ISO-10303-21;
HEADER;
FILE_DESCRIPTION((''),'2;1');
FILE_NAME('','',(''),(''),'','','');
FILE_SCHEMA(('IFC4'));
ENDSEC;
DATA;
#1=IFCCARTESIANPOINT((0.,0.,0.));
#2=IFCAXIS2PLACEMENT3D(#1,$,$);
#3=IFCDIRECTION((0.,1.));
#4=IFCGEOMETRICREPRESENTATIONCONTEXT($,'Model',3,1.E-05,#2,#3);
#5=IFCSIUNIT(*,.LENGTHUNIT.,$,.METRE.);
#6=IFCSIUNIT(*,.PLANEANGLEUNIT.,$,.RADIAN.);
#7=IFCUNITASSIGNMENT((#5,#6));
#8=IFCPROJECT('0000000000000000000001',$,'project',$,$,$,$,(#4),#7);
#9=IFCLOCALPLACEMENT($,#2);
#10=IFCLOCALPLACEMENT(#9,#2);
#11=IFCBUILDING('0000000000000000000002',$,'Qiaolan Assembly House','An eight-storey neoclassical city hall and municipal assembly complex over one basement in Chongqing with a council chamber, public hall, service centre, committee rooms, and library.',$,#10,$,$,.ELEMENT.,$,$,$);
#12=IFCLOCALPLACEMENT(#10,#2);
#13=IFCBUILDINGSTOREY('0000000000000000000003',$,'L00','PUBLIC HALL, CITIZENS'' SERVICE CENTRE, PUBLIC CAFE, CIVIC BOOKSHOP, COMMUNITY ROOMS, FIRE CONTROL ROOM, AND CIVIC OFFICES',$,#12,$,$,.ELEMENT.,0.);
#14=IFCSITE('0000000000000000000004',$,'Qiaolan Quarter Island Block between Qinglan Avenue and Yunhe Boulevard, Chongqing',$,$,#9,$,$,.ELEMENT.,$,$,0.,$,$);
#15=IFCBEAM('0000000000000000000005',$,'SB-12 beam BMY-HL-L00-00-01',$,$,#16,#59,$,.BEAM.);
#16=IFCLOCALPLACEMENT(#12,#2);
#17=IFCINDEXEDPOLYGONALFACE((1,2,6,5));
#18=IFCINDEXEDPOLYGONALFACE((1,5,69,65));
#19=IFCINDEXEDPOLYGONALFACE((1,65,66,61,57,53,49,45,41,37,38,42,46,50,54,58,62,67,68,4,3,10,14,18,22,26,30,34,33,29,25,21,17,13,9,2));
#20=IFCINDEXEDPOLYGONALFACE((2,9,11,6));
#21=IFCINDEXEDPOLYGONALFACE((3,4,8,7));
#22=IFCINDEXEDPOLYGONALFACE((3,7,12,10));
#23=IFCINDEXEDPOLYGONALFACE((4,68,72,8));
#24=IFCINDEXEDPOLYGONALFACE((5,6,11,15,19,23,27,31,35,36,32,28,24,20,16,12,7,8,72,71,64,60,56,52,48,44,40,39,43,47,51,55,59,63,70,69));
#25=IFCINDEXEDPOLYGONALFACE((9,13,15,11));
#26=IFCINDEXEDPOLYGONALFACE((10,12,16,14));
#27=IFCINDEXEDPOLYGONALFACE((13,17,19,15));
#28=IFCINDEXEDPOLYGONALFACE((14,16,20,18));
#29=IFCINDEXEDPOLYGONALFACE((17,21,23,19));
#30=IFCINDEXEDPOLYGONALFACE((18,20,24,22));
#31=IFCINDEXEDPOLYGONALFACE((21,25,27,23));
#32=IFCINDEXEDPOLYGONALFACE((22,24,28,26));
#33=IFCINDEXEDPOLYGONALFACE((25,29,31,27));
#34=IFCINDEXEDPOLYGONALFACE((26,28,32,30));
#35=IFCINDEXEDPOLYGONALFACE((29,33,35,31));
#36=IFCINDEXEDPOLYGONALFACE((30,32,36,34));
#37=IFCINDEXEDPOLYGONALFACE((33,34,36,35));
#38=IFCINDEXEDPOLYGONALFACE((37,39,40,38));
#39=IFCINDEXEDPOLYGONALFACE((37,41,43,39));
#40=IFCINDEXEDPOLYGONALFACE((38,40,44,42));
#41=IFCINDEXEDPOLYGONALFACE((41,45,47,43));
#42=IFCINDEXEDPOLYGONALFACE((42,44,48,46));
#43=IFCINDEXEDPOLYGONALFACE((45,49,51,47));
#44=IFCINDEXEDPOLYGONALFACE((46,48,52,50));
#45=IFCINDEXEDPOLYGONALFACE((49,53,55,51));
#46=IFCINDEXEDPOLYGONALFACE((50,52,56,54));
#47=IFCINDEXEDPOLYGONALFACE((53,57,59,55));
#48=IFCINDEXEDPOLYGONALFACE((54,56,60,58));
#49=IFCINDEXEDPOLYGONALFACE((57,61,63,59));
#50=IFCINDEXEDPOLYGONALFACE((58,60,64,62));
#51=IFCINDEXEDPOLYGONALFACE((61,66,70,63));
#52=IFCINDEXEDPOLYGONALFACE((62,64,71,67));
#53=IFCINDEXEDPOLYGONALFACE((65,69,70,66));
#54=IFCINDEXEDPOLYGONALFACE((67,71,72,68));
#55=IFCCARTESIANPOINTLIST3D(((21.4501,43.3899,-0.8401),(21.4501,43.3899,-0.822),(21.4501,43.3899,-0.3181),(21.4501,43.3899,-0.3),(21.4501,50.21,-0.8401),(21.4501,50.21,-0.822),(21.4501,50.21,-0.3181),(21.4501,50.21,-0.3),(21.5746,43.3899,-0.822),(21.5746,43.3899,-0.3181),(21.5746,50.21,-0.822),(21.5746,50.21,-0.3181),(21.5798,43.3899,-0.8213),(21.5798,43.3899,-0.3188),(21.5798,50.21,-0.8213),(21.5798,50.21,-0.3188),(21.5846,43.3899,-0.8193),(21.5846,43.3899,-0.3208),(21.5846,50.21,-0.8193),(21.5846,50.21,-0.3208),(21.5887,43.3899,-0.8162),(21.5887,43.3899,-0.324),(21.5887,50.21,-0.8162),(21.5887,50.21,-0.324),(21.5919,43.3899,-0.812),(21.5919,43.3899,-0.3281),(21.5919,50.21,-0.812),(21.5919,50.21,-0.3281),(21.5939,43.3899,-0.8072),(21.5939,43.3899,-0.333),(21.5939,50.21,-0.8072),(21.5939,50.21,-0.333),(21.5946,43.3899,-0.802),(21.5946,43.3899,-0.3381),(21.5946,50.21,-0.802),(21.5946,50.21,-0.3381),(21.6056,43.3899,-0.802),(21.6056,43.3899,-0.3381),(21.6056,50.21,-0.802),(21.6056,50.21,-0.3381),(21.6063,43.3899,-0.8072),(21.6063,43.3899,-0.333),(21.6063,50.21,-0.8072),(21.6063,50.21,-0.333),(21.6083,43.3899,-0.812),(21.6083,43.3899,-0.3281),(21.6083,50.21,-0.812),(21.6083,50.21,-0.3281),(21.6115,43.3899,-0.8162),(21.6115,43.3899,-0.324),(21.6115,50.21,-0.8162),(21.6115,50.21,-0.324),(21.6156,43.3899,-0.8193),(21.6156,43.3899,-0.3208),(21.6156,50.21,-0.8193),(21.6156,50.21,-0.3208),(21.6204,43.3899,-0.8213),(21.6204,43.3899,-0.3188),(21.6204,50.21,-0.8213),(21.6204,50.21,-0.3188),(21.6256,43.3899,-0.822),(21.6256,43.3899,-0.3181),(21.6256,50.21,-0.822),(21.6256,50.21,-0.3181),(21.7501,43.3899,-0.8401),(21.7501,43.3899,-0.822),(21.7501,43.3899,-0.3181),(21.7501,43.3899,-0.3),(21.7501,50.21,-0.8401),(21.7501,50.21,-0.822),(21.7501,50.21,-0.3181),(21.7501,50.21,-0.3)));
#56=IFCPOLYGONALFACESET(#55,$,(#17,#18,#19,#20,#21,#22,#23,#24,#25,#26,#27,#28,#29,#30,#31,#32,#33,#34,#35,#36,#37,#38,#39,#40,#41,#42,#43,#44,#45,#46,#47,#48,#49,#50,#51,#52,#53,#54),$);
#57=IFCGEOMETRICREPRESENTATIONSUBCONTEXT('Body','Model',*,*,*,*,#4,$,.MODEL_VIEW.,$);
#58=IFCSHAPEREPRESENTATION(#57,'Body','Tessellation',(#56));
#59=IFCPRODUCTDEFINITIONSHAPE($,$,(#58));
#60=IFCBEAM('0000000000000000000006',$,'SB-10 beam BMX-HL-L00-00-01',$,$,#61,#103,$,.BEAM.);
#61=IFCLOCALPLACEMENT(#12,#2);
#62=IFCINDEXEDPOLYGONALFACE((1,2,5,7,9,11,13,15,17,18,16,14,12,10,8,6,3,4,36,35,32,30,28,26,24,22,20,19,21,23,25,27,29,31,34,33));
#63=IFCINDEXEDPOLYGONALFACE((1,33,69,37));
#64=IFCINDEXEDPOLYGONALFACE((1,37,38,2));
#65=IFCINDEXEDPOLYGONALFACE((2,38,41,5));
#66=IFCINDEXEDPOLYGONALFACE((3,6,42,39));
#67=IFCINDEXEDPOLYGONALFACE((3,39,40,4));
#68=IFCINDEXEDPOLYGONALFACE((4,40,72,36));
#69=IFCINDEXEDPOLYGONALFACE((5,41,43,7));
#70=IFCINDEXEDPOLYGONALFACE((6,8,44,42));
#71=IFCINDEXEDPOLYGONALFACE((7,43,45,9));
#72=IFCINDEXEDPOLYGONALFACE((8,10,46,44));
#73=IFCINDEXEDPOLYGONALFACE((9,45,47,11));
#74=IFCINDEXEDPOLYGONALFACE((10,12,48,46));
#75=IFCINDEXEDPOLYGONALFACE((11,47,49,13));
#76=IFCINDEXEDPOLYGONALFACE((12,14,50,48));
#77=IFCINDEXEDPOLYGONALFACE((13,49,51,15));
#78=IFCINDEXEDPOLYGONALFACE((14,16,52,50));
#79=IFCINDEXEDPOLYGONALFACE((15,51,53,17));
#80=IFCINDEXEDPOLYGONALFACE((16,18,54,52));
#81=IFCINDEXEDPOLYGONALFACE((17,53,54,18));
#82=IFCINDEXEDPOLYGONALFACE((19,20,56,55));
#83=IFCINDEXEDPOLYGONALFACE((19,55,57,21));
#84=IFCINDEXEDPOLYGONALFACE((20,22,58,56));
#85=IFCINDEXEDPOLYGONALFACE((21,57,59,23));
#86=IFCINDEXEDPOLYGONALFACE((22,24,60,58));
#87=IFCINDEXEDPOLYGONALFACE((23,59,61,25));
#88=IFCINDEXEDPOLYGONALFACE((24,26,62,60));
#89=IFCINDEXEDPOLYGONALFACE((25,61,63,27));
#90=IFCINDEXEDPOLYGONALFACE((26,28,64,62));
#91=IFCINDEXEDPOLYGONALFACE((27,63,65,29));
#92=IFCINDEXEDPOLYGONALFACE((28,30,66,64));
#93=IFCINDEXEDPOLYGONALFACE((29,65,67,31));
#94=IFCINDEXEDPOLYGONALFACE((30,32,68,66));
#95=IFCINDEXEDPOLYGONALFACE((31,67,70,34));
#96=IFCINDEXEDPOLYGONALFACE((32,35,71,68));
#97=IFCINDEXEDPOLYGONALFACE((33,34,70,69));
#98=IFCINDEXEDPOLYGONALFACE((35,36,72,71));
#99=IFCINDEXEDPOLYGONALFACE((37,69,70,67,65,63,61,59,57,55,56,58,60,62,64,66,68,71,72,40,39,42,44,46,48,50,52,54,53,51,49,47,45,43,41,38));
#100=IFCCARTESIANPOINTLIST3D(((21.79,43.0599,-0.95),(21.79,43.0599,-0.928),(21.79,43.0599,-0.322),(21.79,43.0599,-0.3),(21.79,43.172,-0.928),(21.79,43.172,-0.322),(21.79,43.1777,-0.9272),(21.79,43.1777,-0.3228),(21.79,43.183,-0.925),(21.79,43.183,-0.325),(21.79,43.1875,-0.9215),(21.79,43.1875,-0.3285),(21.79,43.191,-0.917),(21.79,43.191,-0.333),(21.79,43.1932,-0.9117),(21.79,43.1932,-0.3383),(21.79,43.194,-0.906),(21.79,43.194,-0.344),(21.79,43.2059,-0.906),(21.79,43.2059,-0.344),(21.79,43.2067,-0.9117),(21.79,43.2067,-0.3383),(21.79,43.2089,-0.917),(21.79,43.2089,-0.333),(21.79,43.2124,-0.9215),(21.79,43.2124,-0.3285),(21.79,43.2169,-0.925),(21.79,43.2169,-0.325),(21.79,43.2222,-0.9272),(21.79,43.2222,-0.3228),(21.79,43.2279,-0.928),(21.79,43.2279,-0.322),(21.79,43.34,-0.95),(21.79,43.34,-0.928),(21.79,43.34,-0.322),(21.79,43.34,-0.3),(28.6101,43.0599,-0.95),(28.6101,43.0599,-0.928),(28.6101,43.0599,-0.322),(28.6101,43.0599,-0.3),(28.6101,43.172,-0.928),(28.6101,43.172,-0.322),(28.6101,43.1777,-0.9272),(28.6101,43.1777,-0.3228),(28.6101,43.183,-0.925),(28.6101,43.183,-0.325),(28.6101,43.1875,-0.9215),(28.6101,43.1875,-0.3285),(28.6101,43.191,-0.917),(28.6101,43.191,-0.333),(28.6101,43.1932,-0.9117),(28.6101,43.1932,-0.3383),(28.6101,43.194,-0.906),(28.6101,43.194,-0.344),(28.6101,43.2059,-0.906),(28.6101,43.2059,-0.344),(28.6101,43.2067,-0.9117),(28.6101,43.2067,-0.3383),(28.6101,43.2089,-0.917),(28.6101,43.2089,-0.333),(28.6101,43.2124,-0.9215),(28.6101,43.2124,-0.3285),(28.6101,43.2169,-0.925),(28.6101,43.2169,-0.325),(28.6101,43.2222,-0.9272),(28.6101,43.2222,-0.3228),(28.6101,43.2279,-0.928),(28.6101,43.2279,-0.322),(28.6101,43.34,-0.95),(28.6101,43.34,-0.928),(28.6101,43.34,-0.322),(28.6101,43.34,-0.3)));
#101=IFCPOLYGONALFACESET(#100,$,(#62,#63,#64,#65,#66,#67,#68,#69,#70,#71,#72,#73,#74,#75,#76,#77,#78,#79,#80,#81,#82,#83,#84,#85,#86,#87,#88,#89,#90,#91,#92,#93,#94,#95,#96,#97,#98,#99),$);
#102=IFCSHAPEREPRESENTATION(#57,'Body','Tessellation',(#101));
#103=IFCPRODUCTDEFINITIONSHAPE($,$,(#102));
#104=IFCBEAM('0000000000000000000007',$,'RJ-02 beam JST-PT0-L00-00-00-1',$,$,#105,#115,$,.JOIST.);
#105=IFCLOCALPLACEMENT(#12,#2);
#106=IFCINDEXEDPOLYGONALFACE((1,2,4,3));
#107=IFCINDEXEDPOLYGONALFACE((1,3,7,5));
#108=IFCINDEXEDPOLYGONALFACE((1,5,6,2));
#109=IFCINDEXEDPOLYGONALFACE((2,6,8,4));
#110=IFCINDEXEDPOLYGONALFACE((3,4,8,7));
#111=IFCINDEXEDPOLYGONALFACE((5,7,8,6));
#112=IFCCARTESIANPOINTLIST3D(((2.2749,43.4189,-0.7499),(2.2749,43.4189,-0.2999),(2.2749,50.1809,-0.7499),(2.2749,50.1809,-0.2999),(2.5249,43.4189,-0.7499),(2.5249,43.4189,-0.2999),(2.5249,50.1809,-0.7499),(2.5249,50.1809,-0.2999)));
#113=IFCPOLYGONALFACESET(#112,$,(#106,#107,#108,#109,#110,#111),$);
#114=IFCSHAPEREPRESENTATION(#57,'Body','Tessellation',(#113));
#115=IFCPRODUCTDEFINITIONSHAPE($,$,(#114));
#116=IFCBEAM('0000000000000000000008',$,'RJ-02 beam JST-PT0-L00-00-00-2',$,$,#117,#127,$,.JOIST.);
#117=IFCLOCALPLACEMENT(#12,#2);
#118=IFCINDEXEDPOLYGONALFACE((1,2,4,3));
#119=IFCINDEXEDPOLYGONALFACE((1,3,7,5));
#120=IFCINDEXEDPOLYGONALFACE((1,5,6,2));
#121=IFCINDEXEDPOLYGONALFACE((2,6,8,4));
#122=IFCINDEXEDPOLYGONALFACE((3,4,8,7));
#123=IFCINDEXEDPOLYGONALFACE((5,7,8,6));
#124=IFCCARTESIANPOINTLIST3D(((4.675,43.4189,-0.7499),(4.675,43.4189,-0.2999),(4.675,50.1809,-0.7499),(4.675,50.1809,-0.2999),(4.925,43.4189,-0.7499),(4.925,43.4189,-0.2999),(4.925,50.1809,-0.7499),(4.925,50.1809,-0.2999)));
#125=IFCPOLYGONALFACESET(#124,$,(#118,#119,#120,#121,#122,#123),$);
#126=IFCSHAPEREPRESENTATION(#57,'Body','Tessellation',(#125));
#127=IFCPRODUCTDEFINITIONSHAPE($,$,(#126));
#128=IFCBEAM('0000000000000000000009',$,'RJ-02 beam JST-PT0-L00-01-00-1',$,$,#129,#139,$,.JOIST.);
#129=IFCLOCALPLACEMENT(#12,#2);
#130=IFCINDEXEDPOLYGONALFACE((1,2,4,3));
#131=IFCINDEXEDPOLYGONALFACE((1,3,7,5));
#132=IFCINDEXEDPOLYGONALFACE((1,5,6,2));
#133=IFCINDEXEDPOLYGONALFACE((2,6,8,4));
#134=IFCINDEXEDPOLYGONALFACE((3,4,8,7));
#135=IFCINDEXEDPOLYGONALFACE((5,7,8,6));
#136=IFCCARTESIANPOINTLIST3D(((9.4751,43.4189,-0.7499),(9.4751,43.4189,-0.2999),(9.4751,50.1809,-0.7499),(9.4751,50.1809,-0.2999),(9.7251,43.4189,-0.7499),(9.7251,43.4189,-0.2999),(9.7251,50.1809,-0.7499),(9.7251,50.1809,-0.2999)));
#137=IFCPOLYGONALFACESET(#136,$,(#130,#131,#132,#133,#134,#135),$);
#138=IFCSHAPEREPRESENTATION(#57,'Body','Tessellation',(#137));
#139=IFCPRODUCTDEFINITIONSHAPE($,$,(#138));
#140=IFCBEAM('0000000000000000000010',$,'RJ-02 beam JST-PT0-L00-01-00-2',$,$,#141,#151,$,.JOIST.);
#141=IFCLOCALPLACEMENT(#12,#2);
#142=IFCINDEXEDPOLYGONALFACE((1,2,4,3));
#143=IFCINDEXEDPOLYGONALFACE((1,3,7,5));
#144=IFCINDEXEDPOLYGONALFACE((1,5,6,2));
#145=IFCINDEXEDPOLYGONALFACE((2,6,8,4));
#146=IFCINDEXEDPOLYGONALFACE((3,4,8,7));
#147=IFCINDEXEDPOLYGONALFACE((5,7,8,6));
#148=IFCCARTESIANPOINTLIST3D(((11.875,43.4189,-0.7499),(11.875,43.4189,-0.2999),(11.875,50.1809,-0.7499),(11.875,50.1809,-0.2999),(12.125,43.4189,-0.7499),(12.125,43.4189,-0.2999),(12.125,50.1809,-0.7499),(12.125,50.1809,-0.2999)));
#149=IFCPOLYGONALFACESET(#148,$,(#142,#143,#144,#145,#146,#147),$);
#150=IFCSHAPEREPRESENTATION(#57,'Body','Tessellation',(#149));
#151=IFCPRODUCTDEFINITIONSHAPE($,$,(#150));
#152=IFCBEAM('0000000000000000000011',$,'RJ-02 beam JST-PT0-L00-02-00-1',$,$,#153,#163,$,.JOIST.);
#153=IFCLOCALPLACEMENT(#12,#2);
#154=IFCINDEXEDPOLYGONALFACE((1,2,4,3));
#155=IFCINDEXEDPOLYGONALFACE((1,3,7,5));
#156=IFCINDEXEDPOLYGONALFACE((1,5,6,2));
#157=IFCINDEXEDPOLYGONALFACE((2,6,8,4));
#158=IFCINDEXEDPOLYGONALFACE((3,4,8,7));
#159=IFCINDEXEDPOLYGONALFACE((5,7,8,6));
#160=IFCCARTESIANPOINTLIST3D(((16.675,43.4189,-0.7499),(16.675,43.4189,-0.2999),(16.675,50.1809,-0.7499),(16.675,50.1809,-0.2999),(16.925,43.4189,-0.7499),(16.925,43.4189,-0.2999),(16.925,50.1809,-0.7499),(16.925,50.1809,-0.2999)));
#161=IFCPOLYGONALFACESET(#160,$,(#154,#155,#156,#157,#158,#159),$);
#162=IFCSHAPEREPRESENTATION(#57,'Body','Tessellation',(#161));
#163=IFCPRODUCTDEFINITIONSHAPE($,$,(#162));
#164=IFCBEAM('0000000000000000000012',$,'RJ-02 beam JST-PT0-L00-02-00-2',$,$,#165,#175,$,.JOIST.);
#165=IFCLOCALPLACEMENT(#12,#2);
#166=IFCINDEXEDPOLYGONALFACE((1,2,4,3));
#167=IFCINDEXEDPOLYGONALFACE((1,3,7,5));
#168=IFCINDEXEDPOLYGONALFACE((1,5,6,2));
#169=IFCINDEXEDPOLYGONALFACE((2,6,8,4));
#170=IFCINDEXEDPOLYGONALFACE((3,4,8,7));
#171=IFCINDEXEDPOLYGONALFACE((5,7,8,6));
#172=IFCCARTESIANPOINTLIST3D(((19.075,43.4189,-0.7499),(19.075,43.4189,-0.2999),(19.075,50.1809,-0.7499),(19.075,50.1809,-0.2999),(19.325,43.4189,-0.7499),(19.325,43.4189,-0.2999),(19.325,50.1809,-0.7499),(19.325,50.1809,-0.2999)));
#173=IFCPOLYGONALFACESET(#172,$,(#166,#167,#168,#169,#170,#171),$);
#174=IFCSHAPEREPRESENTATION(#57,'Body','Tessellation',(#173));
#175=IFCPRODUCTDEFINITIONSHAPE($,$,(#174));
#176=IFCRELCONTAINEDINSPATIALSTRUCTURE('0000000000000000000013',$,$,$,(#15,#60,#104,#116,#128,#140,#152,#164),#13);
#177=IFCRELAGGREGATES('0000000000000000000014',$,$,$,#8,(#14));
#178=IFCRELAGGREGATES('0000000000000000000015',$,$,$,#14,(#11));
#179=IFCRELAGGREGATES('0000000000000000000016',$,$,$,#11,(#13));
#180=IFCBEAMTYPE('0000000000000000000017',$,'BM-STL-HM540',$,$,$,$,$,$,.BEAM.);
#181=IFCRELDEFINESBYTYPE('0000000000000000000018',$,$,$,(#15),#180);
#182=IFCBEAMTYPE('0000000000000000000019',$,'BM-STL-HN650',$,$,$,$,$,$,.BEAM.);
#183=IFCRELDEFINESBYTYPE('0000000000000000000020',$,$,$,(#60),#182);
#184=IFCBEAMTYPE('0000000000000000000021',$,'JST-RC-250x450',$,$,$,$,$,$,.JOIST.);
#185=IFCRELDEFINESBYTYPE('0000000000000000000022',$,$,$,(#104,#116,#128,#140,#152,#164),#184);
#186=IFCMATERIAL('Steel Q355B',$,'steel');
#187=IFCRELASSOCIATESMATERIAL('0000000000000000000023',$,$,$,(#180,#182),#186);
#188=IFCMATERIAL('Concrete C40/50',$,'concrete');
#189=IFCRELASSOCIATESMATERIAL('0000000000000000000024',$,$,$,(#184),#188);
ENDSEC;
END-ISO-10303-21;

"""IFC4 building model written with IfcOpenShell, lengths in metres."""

from ifc_helpers import new_model, si_unit, direction, frame, origin, origin_2d, place, context, subcontext, project, spatial, rectangle, i_section, extrude, material, material_profile, profile_set, type_object, element, save


model = new_model("IFC4")

# Units and contexts
model_context = context("Model", 3, precision=1e-05, world=origin(), true_north=direction((0.0, 1.0)))
body_context = subcontext(model_context, "Body", "Model", "MODEL_VIEW")
ifc_project = project(units=[si_unit("LENGTHUNIT", "METRE"), si_unit("PLANEANGLEUNIT", "RADIAN")], contexts=[model_context])

# Site, building, storey
site_placement = place(None, origin())
site = spatial("IfcSite", under=ifc_project, at=site_placement, Name="Qiaolan Quarter Island Block between Qinglan Avenue and Yunhe Boulevard, Chongqing", CompositionType="ELEMENT", RefElevation=0.0)
building_placement = place(site_placement, origin())
building = spatial("IfcBuilding", under=site, at=building_placement, Name="Qiaolan Assembly House", Description="An eight-storey neoclassical city hall and municipal assembly complex over one basement in Chongqing with a council chamber, public hall, service centre, committee rooms, and library.", CompositionType="ELEMENT")
storey_placement = place(building_placement, origin())
storey = spatial("IfcBuildingStorey", under=building, at=storey_placement, Name="L00", Description="PUBLIC HALL, CITIZENS' SERVICE CENTRE, PUBLIC CAFE, CIVIC BOOKSHOP, COMMUNITY ROOMS, FIRE CONTROL ROOM, AND CIVIC OFFICES", CompositionType="ELEMENT", Elevation=0.0)

# Shared definitions
ifc_material_1 = material(Name="Steel Q355B", Category="steel")

# Beams
ifc_material_2 = material(Name="Concrete C40/50", Category="concrete")
ifc_material_profile_1 = material_profile(ifc_material_1, i_section(OverallWidth=0.3, OverallDepth=0.54, WebThickness=0.011, FlangeThickness=0.0181, FilletRadius=0.02, at=origin_2d()), Name="HM 540x300x11x18")
ifc_profile_set_1 = profile_set([ifc_material_profile_1], Name="Steel Q355B")
beam_type_1 = type_object("IfcBeamType", Name="BM-STL-HM540", PredefinedType="BEAM", material=ifc_profile_set_1)
for number, where, z_axis, x_axis, name in (
    (1, (21.6001, 43.3899, -0.5701), (0.0, 1.0, 0.0), (-1.0, 0.0, 0.0), "SB-12 beam BMY-HL-L00-00-01"),
):
    element("IfcBeam", number, at=place(storey_placement, frame(where, z_axis=z_axis, x_axis=x_axis)), inside=storey, type_object=beam_type_1, Name=name, PredefinedType="BEAM", context=body_context, shape_type="SweptSolid", body=[
        extrude(i_section(OverallWidth=0.3, OverallDepth=0.54, WebThickness=0.011, FlangeThickness=0.0181, FilletRadius=0.02, at=origin_2d()), origin(), (0.0, 0.0, 1.0), 6.8201),
    ])
ifc_material_profile_2 = material_profile(ifc_material_1, i_section(OverallWidth=0.28, OverallDepth=0.6499, WebThickness=0.012, FlangeThickness=0.022, FilletRadius=0.022, at=origin_2d()), Name="HN 650x280x12x22")
ifc_profile_set_2 = profile_set([ifc_material_profile_2], Name="Steel Q355B")
beam_type_2 = type_object("IfcBeamType", Name="BM-STL-HN650", PredefinedType="BEAM", material=ifc_profile_set_2)
beam_1_placement = place(storey_placement, frame((21.79, 43.2, -0.625), z_axis=(1.0, 0.0, 0.0), x_axis=(0.0, 1.0, 0.0)))
element("IfcBeam", 2, at=beam_1_placement, inside=storey, type_object=beam_type_2, Name="SB-10 beam BMX-HL-L00-00-01", PredefinedType="BEAM", context=body_context, shape_type="SweptSolid", body=[
    extrude(i_section(OverallWidth=0.28, OverallDepth=0.6499, WebThickness=0.012, FlangeThickness=0.022, FilletRadius=0.022, at=origin_2d()), origin(), (0.0, 0.0, 1.0), 6.8201),
])
ifc_material_profile_3 = material_profile(ifc_material_2, rectangle(XDim=0.25, YDim=0.45, at=origin_2d()), Name="RCB 250x450")
ifc_profile_set_3 = profile_set([ifc_material_profile_3], Name="Concrete C40/50")
beam_type_3 = type_object("IfcBeamType", Name="JST-RC-250x450", PredefinedType="JOIST", material=ifc_profile_set_3)
for number, where, z_axis, x_axis, name in (
    (3, (2.3999, 43.4189, -0.5249), (0.0, 1.0, 0.0), (-1.0, 0.0, 0.0), "RJ-02 beam JST-PT0-L00-00-00-1"),
    (4, (4.8, 43.4189, -0.5249), (0.0, 1.0, 0.0), (-1.0, 0.0, 0.0), "RJ-02 beam JST-PT0-L00-00-00-2"),
    (5, (9.6001, 43.4189, -0.5249), (0.0, 1.0, 0.0), (-1.0, 0.0, 0.0), "RJ-02 beam JST-PT0-L00-01-00-1"),
    (6, (12.0, 43.4189, -0.5249), (0.0, 1.0, 0.0), (-1.0, 0.0, 0.0), "RJ-02 beam JST-PT0-L00-01-00-2"),
    (7, (16.8, 43.4189, -0.5249), (0.0, 1.0, 0.0), (-1.0, 0.0, 0.0), "RJ-02 beam JST-PT0-L00-02-00-1"),
    (8, (19.2, 43.4189, -0.5249), (0.0, 1.0, 0.0), (-1.0, 0.0, 0.0), "RJ-02 beam JST-PT0-L00-02-00-2"),
):
    element("IfcBeam", number, at=place(storey_placement, frame(where, z_axis=z_axis, x_axis=x_axis)), inside=storey, type_object=beam_type_3, Name=name, PredefinedType="JOIST", context=body_context, shape_type="SweptSolid", body=[
        extrude(rectangle(XDim=0.25, YDim=0.45, at=origin_2d()), origin(), (0.0, 0.0, 1.0), 6.762),
    ])

save(model, "model.ifc")
